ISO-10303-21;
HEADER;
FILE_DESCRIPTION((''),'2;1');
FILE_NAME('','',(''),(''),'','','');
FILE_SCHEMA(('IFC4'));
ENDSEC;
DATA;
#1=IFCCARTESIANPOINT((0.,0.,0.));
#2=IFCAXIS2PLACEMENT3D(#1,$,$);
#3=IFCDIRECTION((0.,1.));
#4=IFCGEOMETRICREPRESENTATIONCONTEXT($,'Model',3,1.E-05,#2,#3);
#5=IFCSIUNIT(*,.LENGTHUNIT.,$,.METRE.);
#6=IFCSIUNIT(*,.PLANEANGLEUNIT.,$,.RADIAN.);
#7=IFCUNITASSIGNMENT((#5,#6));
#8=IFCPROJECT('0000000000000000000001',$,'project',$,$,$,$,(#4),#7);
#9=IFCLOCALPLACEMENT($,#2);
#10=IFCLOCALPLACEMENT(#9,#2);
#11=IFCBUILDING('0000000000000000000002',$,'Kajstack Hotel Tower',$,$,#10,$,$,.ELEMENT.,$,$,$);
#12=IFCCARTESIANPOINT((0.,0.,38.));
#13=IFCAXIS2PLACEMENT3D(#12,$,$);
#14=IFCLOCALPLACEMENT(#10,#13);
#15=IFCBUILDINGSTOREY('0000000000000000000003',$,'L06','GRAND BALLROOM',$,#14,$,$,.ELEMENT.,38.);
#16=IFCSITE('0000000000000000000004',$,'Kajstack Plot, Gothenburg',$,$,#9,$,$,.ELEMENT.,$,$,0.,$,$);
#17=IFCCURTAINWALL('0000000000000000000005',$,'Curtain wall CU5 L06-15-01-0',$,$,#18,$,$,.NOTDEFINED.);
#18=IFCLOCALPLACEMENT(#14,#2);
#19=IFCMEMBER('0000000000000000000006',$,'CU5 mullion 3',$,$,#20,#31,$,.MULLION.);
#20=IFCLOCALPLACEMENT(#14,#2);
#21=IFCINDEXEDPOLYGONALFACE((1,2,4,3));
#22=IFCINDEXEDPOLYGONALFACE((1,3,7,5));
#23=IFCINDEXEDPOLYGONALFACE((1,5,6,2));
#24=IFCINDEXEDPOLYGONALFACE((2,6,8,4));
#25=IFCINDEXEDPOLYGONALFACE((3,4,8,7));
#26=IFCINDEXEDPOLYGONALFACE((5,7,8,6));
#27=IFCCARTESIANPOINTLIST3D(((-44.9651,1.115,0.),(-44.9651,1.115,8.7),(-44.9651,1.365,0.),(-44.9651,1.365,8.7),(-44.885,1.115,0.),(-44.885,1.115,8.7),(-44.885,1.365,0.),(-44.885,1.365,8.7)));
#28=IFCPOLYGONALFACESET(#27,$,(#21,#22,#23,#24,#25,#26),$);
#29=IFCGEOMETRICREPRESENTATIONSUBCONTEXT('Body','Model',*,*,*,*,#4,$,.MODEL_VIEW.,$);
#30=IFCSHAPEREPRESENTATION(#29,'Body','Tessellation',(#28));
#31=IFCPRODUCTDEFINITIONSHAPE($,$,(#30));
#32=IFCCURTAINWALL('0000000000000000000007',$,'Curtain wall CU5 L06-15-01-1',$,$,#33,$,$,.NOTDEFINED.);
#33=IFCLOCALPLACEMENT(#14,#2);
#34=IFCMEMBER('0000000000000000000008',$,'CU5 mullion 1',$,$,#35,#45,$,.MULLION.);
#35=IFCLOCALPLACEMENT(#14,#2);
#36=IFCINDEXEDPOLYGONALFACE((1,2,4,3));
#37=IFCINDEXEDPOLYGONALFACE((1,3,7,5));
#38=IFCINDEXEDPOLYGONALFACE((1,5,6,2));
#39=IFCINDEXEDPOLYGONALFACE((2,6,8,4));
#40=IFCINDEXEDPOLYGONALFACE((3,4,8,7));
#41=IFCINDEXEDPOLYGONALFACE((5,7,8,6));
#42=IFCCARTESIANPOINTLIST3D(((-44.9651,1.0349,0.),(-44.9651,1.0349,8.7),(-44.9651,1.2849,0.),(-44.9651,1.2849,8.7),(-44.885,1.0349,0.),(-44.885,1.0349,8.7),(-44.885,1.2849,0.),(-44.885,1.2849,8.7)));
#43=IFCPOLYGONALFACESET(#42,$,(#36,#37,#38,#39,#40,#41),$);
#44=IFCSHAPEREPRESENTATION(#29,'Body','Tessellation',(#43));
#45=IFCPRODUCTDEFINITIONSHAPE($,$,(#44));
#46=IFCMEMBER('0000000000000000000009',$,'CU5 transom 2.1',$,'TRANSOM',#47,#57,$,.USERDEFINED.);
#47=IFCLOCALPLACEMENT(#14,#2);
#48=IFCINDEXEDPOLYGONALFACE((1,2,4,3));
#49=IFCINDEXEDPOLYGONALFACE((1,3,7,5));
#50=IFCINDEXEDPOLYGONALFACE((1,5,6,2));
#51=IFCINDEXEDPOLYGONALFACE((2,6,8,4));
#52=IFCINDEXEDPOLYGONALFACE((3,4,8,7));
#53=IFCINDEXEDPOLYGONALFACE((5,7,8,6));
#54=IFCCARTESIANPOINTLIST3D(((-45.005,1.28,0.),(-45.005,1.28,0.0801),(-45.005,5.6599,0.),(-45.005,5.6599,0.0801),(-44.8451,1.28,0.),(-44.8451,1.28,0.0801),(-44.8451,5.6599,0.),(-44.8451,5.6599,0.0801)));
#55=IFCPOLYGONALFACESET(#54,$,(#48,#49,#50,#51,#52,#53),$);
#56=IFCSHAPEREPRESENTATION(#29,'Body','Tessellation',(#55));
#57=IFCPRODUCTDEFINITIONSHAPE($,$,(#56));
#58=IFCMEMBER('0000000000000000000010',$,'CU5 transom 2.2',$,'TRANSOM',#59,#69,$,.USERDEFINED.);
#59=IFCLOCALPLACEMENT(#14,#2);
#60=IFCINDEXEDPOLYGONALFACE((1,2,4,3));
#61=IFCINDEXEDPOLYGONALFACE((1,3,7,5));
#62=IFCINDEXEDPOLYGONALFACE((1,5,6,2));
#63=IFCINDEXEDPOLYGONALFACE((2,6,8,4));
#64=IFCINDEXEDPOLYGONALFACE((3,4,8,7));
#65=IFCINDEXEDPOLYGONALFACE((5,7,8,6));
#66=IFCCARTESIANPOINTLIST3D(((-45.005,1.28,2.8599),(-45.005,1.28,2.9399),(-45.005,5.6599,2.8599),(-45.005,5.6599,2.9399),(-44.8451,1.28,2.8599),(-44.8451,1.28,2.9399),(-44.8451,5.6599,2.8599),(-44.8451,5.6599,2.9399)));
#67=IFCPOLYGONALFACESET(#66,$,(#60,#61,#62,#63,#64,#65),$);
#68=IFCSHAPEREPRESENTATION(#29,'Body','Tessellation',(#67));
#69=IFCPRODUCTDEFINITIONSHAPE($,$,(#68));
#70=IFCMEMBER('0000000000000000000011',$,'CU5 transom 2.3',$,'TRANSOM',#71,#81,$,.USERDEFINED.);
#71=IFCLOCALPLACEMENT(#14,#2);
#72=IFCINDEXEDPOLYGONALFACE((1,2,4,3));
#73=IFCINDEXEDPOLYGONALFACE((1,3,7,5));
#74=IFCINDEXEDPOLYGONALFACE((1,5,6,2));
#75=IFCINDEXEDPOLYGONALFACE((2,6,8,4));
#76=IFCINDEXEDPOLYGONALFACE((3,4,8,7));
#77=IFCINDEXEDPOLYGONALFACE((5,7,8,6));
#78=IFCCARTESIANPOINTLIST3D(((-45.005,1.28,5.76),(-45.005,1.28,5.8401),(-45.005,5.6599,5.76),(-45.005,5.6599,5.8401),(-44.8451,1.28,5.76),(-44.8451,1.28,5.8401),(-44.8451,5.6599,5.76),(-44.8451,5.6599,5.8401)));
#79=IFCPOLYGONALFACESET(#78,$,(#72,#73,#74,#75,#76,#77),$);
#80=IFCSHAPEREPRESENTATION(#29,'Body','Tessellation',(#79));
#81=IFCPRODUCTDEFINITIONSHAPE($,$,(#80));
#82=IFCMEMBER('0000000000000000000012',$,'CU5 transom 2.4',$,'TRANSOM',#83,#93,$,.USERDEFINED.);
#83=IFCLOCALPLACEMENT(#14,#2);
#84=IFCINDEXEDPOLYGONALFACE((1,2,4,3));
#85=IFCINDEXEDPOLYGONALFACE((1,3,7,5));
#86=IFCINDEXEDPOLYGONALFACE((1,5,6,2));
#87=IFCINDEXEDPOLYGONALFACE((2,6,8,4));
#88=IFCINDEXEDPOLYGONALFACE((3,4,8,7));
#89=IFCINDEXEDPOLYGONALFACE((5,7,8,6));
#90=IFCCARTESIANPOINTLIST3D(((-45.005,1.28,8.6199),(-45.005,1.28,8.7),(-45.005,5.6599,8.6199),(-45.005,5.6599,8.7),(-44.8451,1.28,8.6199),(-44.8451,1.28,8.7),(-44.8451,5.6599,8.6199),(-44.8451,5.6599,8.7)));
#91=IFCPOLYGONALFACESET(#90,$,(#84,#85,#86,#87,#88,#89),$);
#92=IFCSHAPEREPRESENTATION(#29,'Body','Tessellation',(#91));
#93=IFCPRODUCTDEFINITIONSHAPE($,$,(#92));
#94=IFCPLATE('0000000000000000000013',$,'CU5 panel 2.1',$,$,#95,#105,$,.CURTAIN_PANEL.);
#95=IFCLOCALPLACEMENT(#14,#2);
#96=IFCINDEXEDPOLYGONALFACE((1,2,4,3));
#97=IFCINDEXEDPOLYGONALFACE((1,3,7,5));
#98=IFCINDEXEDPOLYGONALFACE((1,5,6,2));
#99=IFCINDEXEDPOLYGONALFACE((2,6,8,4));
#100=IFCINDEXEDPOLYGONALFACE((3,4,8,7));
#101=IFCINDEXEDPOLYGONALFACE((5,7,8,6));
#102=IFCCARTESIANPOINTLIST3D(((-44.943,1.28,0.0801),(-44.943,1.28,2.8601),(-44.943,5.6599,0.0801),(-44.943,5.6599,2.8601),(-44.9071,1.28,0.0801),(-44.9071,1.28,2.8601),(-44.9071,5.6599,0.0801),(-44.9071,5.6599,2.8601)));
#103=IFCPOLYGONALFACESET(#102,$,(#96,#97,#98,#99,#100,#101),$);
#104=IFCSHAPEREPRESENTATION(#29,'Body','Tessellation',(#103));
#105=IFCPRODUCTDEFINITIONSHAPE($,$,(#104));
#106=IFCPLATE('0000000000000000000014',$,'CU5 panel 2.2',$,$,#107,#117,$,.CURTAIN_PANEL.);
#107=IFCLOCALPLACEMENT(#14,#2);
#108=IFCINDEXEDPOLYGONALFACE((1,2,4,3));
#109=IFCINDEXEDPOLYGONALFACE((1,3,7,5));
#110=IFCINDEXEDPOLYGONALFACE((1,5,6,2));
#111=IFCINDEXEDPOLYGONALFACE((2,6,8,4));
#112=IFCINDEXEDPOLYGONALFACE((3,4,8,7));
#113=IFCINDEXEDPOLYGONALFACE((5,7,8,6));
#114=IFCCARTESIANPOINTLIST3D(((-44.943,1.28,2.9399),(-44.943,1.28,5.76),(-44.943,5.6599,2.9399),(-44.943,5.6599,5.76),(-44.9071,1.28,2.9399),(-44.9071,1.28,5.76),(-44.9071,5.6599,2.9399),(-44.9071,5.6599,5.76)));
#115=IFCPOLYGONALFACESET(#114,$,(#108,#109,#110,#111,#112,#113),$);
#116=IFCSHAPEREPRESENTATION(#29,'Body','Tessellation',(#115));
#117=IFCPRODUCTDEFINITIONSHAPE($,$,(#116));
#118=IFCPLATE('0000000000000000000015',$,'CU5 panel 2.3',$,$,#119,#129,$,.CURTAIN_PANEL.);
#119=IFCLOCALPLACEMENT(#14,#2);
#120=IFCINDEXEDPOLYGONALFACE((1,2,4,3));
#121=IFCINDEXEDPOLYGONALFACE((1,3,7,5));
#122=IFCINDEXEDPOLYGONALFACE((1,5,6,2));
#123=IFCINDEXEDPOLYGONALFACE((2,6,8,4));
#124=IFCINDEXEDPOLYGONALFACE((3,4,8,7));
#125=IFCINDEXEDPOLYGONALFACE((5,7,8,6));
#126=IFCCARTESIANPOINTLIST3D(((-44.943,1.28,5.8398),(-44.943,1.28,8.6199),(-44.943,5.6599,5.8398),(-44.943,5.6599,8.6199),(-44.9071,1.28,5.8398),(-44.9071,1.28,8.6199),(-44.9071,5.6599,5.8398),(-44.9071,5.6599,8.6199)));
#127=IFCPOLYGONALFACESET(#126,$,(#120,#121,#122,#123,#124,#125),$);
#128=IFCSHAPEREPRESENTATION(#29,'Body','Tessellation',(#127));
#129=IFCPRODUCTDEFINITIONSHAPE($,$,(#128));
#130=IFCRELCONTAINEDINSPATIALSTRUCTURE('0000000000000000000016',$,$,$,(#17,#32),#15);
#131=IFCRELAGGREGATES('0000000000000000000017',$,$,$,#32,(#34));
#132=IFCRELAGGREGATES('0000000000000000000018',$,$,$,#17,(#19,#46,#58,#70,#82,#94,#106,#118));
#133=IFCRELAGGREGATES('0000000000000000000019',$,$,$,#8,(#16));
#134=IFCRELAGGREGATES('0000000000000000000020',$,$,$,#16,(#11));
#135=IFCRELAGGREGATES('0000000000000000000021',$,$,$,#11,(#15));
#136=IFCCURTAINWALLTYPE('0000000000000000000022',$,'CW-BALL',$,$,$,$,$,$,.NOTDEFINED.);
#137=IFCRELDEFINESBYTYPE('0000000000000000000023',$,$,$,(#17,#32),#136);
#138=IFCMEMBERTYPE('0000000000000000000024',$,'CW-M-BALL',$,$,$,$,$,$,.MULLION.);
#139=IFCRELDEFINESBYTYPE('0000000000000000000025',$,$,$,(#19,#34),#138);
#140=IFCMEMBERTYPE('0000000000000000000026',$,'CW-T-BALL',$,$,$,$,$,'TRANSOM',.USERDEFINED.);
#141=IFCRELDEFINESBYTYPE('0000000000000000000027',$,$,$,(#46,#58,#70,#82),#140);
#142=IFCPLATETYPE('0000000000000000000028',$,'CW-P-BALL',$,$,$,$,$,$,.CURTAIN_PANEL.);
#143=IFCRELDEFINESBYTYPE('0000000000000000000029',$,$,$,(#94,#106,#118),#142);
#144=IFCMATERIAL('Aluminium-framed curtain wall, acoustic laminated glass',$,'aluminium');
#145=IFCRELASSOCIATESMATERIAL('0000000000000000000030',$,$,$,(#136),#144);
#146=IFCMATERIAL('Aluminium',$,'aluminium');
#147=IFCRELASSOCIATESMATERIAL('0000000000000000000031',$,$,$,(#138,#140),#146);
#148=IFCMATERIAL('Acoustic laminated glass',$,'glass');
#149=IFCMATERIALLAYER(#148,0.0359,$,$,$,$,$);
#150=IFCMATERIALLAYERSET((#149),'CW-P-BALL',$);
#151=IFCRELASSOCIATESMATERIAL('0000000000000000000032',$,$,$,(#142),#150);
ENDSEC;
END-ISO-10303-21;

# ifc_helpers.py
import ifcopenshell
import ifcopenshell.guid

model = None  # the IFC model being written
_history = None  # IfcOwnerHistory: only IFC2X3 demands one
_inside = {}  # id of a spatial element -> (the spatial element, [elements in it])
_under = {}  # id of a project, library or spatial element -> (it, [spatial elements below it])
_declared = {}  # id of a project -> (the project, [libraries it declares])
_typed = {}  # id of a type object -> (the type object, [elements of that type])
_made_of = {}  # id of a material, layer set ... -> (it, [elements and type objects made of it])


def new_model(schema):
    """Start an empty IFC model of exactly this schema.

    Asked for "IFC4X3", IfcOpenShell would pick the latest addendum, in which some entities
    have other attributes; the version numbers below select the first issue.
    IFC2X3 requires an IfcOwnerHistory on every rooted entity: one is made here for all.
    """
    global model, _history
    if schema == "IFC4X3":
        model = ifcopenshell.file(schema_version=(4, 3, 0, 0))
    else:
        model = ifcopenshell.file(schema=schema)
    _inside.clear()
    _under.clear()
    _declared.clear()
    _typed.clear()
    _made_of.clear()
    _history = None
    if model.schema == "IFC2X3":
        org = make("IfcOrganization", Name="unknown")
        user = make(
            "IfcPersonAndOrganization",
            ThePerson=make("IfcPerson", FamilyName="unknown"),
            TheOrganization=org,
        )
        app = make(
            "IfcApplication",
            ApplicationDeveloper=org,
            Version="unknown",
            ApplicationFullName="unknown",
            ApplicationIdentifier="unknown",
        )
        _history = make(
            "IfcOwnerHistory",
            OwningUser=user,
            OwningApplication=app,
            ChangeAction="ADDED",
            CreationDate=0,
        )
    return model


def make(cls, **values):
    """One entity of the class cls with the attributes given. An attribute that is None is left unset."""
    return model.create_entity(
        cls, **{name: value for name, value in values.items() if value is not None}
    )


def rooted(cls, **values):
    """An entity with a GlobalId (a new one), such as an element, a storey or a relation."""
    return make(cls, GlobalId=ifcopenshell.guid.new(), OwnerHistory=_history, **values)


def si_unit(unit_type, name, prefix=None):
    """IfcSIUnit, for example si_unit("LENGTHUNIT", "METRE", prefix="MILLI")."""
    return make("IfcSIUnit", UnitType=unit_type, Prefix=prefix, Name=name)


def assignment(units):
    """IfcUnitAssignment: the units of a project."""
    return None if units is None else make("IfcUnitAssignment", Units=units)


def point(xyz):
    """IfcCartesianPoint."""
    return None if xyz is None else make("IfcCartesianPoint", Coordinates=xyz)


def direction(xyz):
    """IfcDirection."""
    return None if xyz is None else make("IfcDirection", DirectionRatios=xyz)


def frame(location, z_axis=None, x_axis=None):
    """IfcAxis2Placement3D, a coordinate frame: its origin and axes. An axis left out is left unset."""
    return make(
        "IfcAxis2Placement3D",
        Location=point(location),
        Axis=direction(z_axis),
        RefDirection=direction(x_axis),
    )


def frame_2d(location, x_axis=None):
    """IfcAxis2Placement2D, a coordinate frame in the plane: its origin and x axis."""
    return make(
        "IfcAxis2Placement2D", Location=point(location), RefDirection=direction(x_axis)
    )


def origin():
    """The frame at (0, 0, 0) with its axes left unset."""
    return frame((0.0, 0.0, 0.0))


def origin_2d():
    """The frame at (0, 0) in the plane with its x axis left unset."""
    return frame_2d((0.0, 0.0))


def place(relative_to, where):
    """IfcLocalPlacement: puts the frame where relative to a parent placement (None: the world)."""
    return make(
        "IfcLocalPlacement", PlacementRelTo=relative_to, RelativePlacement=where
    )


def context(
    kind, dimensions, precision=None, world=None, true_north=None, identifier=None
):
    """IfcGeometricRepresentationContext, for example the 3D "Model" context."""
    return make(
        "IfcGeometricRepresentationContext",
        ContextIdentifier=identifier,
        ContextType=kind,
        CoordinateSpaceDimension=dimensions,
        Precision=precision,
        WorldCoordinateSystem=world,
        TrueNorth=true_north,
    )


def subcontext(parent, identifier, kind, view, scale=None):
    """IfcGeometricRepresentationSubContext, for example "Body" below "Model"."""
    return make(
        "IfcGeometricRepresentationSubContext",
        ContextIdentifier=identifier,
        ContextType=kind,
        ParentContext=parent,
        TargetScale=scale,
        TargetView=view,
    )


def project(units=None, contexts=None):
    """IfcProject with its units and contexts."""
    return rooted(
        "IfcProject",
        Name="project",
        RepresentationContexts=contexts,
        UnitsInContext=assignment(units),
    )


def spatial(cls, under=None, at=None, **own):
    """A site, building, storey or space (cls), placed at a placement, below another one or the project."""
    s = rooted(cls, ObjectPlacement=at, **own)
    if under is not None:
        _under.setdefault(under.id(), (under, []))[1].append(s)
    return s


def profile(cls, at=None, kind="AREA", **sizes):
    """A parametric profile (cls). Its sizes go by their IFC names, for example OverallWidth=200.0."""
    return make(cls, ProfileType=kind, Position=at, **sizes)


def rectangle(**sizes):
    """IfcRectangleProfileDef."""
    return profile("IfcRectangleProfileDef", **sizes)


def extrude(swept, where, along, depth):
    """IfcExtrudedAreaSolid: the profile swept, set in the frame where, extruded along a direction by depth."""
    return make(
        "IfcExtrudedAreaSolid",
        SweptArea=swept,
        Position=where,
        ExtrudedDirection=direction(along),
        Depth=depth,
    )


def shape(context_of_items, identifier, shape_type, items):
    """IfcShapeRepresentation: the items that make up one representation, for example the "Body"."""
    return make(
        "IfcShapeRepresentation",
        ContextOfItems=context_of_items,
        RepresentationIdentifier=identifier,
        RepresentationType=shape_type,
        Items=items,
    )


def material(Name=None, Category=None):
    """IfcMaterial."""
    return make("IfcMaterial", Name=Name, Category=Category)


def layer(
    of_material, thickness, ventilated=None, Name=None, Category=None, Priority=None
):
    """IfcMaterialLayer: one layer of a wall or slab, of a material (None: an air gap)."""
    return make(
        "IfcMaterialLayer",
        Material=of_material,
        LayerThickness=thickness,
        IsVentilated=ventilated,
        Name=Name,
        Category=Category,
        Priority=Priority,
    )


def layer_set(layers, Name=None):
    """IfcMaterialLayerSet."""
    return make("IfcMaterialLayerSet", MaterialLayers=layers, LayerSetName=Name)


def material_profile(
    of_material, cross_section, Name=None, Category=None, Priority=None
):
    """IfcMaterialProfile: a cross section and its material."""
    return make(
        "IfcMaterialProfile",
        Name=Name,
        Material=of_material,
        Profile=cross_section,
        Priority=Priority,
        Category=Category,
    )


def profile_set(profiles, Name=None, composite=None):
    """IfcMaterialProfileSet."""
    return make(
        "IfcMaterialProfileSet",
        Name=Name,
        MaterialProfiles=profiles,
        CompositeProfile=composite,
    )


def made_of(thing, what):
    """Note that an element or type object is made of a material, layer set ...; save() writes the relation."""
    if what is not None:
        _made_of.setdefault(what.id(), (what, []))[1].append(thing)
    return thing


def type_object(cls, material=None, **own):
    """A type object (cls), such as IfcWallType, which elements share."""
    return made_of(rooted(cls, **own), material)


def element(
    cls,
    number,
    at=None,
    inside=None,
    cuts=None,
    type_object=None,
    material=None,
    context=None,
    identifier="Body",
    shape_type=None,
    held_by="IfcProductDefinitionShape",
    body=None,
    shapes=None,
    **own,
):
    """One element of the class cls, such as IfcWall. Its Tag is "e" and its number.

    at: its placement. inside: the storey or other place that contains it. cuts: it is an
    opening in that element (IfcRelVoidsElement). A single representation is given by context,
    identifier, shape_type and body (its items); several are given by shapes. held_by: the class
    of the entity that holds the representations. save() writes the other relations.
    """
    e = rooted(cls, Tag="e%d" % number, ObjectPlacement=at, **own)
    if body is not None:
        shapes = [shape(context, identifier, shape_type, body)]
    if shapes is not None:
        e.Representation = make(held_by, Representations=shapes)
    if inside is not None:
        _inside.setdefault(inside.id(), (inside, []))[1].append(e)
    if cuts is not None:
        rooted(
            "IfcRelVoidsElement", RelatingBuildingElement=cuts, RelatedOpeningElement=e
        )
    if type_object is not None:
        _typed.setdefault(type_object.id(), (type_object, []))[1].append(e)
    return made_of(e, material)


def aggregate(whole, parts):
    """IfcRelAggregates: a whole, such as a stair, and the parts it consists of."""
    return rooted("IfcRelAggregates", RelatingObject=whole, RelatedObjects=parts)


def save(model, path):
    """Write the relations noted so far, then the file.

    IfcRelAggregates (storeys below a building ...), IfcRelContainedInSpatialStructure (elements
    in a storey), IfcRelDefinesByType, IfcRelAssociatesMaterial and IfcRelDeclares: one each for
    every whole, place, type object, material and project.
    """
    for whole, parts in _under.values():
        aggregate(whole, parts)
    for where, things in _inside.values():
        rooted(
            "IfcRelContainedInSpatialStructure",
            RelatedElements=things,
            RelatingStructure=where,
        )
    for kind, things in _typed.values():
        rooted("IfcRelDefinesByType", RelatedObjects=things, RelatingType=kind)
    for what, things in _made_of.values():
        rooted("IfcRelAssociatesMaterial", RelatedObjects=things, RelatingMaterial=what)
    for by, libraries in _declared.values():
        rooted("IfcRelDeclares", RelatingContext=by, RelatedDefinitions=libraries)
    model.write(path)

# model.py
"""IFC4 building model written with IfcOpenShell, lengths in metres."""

from ifc_helpers import new_model, si_unit, direction, frame, origin, origin_2d, place, context, subcontext, project, spatial, rectangle, extrude, material, layer, layer_set, material_profile, profile_set, type_object, element, aggregate, save


model = new_model("IFC4")

# Units and contexts
model_context = context("Model", 3, precision=1e-05, world=origin(), true_north=direction((0.0, 1.0)))
body_context = subcontext(model_context, "Body", "Model", "MODEL_VIEW")
ifc_project = project(units=[si_unit("LENGTHUNIT", "METRE"), si_unit("PLANEANGLEUNIT", "RADIAN")], contexts=[model_context])

# Site, building, storey
site_placement = place(None, origin())
site = spatial("IfcSite", under=ifc_project, at=site_placement, Name="Kajstack Plot, Gothenburg", CompositionType="ELEMENT", RefElevation=0.0)
building_placement = place(site_placement, origin())
building = spatial("IfcBuilding", under=site, at=building_placement, Name="Kajstack Hotel Tower", CompositionType="ELEMENT")
storey_placement = place(building_placement, frame((0.0, 0.0, 38.0)))
storey = spatial("IfcBuildingStorey", under=building, at=storey_placement, Name="L06", Description="GRAND BALLROOM", CompositionType="ELEMENT", Elevation=38.0)

# Curtain walls, members
ifc_material_1 = material(Name="Aluminium-framed curtain wall, acoustic laminated glass", Category="aluminium")
curtain_wall_type = type_object("IfcCurtainWallType", Name="CW-BALL", PredefinedType="NOTDEFINED", material=ifc_material_1)
curtain_wall_1_placement = place(storey_placement, origin())
curtain_wall_1 = element("IfcCurtainWall", 1, at=curtain_wall_1_placement, inside=storey, type_object=curtain_wall_type, Name="Curtain wall CU5 L06-15-01-0", PredefinedType="NOTDEFINED")
ifc_material_2 = material(Name="Aluminium", Category="aluminium")
ifc_material_profile_1 = material_profile(ifc_material_2, rectangle(XDim=0.0801, YDim=0.25, at=origin_2d()), Name="Aluminium mullion 80 x 250")
ifc_profile_set_1 = profile_set([ifc_material_profile_1], Name="Aluminium")
member_type_1 = type_object("IfcMemberType", Name="CW-M-BALL", PredefinedType="MULLION", material=ifc_profile_set_1)
member_1_placement = place(storey_placement, frame((-44.925, 1.24, 0.0), z_axis=(0.0, 0.0, 1.0), x_axis=(1.0, 0.0, 0.0)))
member_1 = element("IfcMember", 2, at=member_1_placement, type_object=member_type_1, Name="CU5 mullion 3", PredefinedType="MULLION", context=body_context, shape_type="SweptSolid", body=[
    extrude(rectangle(XDim=0.0801, YDim=0.25, at=origin_2d()), origin(), (0.0, 0.0, 1.0), 8.7),
])
curtain_wall_2_placement = place(storey_placement, origin())
curtain_wall_2 = element("IfcCurtainWall", 3, at=curtain_wall_2_placement, inside=storey, type_object=curtain_wall_type, Name="Curtain wall CU5 L06-15-01-1", PredefinedType="NOTDEFINED")
member_2_placement = place(storey_placement, frame((-44.925, 1.1599, 0.0), z_axis=(0.0, 0.0, 1.0), x_axis=(1.0, 0.0, 0.0)))
member_2 = element("IfcMember", 4, at=member_2_placement, type_object=member_type_1, Name="CU5 mullion 1", PredefinedType="MULLION", context=body_context, shape_type="SweptSolid", body=[
    extrude(rectangle(XDim=0.0801, YDim=0.25, at=origin_2d()), origin(), (0.0, 0.0, 1.0), 8.7),
])
aggregate(curtain_wall_2, [member_2])

# Members
ifc_material_profile_2 = material_profile(ifc_material_2, rectangle(XDim=0.1599, YDim=0.0801, at=origin_2d()), Name="Aluminium transom 160 x 80")
ifc_profile_set_2 = profile_set([ifc_material_profile_2], Name="Aluminium")
member_type_2 = type_object("IfcMemberType", Name="CW-T-BALL", ElementType="TRANSOM", PredefinedType="USERDEFINED", material=ifc_profile_set_2)
member_3_placement = place(storey_placement, frame((-44.925, 5.6599, 0.04), z_axis=(0.0, -1.0, 0.0), x_axis=(1.0, 0.0, 0.0)))
member_3 = element("IfcMember", 5, at=member_3_placement, type_object=member_type_2, Name="CU5 transom 2.1", ObjectType="TRANSOM", PredefinedType="USERDEFINED", context=body_context, shape_type="SweptSolid", body=[
    extrude(rectangle(XDim=0.1599, YDim=0.0801, at=origin_2d()), origin(), (0.0, 0.0, 1.0), 4.3799),
])
member_4_placement = place(storey_placement, frame((-44.925, 5.6599, 2.8999), z_axis=(0.0, -1.0, 0.0), x_axis=(1.0, 0.0, 0.0)))
member_4 = element("IfcMember", 6, at=member_4_placement, type_object=member_type_2, Name="CU5 transom 2.2", ObjectType="TRANSOM", PredefinedType="USERDEFINED", context=body_context, shape_type="SweptSolid", body=[
    extrude(rectangle(XDim=0.1599, YDim=0.0801, at=origin_2d()), origin(), (0.0, 0.0, 1.0), 4.3799),
])
member_5_placement = place(storey_placement, frame((-44.925, 5.6599, 5.8), z_axis=(0.0, -1.0, 0.0), x_axis=(1.0, 0.0, 0.0)))
member_5 = element("IfcMember", 7, at=member_5_placement, type_object=member_type_2, Name="CU5 transom 2.3", ObjectType="TRANSOM", PredefinedType="USERDEFINED", context=body_context, shape_type="SweptSolid", body=[
    extrude(rectangle(XDim=0.1599, YDim=0.0801, at=origin_2d()), origin(), (0.0, 0.0, 1.0), 4.3799),
])
member_6_placement = place(storey_placement, frame((-44.925, 5.6599, 8.6599), z_axis=(0.0, -1.0, 0.0), x_axis=(1.0, 0.0, 0.0)))
member_6 = element("IfcMember", 8, at=member_6_placement, type_object=member_type_2, Name="CU5 transom 2.4", ObjectType="TRANSOM", PredefinedType="USERDEFINED", context=body_context, shape_type="SweptSolid", body=[
    extrude(rectangle(XDim=0.1599, YDim=0.0801, at=origin_2d()), origin(), (0.0, 0.0, 1.0), 4.3799),
])

# Plates
ifc_material_3 = material(Name="Acoustic laminated glass", Category="glass")
ifc_layer_1 = layer(ifc_material_3, 0.0359)
ifc_layer_set_1 = layer_set([ifc_layer_1], Name="CW-P-BALL")
plate_type = type_object("IfcPlateType", Name="CW-P-BALL", PredefinedType="CURTAIN_PANEL", material=ifc_layer_set_1)
plate_1_placement = place(storey_placement, frame((-44.925, 3.47, 0.0801), z_axis=(0.0, 0.0, 1.0), x_axis=(0.0, -1.0, 0.0)))
plate_1 = element("IfcPlate", 9, at=plate_1_placement, type_object=plate_type, Name="CU5 panel 2.1", PredefinedType="CURTAIN_PANEL", context=body_context, shape_type="SweptSolid", body=[
    extrude(rectangle(XDim=4.3799, YDim=0.0359, at=origin_2d()), origin(), (0.0, 0.0, 1.0), 2.78),
])
plate_2_placement = place(storey_placement, frame((-44.925, 3.47, 2.9399), z_axis=(0.0, 0.0, 1.0), x_axis=(0.0, -1.0, 0.0)))
plate_2 = element("IfcPlate", 10, at=plate_2_placement, type_object=plate_type, Name="CU5 panel 2.2", PredefinedType="CURTAIN_PANEL", context=body_context, shape_type="SweptSolid", body=[
    extrude(rectangle(XDim=4.3799, YDim=0.0359, at=origin_2d()), origin(), (0.0, 0.0, 1.0), 2.8201),
])
plate_3_placement = place(storey_placement, frame((-44.925, 3.47, 5.8398), z_axis=(0.0, 0.0, 1.0), x_axis=(0.0, -1.0, 0.0)))
plate_3 = element("IfcPlate", 11, at=plate_3_placement, type_object=plate_type, Name="CU5 panel 2.3", PredefinedType="CURTAIN_PANEL", context=body_context, shape_type="SweptSolid", body=[
    extrude(rectangle(XDim=4.3799, YDim=0.0359, at=origin_2d()), origin(), (0.0, 0.0, 1.0), 2.78),
])
aggregate(curtain_wall_1, [member_1, member_3, member_4, member_5, member_6, plate_1, plate_2, plate_3])

save(model, "model.ifc")
